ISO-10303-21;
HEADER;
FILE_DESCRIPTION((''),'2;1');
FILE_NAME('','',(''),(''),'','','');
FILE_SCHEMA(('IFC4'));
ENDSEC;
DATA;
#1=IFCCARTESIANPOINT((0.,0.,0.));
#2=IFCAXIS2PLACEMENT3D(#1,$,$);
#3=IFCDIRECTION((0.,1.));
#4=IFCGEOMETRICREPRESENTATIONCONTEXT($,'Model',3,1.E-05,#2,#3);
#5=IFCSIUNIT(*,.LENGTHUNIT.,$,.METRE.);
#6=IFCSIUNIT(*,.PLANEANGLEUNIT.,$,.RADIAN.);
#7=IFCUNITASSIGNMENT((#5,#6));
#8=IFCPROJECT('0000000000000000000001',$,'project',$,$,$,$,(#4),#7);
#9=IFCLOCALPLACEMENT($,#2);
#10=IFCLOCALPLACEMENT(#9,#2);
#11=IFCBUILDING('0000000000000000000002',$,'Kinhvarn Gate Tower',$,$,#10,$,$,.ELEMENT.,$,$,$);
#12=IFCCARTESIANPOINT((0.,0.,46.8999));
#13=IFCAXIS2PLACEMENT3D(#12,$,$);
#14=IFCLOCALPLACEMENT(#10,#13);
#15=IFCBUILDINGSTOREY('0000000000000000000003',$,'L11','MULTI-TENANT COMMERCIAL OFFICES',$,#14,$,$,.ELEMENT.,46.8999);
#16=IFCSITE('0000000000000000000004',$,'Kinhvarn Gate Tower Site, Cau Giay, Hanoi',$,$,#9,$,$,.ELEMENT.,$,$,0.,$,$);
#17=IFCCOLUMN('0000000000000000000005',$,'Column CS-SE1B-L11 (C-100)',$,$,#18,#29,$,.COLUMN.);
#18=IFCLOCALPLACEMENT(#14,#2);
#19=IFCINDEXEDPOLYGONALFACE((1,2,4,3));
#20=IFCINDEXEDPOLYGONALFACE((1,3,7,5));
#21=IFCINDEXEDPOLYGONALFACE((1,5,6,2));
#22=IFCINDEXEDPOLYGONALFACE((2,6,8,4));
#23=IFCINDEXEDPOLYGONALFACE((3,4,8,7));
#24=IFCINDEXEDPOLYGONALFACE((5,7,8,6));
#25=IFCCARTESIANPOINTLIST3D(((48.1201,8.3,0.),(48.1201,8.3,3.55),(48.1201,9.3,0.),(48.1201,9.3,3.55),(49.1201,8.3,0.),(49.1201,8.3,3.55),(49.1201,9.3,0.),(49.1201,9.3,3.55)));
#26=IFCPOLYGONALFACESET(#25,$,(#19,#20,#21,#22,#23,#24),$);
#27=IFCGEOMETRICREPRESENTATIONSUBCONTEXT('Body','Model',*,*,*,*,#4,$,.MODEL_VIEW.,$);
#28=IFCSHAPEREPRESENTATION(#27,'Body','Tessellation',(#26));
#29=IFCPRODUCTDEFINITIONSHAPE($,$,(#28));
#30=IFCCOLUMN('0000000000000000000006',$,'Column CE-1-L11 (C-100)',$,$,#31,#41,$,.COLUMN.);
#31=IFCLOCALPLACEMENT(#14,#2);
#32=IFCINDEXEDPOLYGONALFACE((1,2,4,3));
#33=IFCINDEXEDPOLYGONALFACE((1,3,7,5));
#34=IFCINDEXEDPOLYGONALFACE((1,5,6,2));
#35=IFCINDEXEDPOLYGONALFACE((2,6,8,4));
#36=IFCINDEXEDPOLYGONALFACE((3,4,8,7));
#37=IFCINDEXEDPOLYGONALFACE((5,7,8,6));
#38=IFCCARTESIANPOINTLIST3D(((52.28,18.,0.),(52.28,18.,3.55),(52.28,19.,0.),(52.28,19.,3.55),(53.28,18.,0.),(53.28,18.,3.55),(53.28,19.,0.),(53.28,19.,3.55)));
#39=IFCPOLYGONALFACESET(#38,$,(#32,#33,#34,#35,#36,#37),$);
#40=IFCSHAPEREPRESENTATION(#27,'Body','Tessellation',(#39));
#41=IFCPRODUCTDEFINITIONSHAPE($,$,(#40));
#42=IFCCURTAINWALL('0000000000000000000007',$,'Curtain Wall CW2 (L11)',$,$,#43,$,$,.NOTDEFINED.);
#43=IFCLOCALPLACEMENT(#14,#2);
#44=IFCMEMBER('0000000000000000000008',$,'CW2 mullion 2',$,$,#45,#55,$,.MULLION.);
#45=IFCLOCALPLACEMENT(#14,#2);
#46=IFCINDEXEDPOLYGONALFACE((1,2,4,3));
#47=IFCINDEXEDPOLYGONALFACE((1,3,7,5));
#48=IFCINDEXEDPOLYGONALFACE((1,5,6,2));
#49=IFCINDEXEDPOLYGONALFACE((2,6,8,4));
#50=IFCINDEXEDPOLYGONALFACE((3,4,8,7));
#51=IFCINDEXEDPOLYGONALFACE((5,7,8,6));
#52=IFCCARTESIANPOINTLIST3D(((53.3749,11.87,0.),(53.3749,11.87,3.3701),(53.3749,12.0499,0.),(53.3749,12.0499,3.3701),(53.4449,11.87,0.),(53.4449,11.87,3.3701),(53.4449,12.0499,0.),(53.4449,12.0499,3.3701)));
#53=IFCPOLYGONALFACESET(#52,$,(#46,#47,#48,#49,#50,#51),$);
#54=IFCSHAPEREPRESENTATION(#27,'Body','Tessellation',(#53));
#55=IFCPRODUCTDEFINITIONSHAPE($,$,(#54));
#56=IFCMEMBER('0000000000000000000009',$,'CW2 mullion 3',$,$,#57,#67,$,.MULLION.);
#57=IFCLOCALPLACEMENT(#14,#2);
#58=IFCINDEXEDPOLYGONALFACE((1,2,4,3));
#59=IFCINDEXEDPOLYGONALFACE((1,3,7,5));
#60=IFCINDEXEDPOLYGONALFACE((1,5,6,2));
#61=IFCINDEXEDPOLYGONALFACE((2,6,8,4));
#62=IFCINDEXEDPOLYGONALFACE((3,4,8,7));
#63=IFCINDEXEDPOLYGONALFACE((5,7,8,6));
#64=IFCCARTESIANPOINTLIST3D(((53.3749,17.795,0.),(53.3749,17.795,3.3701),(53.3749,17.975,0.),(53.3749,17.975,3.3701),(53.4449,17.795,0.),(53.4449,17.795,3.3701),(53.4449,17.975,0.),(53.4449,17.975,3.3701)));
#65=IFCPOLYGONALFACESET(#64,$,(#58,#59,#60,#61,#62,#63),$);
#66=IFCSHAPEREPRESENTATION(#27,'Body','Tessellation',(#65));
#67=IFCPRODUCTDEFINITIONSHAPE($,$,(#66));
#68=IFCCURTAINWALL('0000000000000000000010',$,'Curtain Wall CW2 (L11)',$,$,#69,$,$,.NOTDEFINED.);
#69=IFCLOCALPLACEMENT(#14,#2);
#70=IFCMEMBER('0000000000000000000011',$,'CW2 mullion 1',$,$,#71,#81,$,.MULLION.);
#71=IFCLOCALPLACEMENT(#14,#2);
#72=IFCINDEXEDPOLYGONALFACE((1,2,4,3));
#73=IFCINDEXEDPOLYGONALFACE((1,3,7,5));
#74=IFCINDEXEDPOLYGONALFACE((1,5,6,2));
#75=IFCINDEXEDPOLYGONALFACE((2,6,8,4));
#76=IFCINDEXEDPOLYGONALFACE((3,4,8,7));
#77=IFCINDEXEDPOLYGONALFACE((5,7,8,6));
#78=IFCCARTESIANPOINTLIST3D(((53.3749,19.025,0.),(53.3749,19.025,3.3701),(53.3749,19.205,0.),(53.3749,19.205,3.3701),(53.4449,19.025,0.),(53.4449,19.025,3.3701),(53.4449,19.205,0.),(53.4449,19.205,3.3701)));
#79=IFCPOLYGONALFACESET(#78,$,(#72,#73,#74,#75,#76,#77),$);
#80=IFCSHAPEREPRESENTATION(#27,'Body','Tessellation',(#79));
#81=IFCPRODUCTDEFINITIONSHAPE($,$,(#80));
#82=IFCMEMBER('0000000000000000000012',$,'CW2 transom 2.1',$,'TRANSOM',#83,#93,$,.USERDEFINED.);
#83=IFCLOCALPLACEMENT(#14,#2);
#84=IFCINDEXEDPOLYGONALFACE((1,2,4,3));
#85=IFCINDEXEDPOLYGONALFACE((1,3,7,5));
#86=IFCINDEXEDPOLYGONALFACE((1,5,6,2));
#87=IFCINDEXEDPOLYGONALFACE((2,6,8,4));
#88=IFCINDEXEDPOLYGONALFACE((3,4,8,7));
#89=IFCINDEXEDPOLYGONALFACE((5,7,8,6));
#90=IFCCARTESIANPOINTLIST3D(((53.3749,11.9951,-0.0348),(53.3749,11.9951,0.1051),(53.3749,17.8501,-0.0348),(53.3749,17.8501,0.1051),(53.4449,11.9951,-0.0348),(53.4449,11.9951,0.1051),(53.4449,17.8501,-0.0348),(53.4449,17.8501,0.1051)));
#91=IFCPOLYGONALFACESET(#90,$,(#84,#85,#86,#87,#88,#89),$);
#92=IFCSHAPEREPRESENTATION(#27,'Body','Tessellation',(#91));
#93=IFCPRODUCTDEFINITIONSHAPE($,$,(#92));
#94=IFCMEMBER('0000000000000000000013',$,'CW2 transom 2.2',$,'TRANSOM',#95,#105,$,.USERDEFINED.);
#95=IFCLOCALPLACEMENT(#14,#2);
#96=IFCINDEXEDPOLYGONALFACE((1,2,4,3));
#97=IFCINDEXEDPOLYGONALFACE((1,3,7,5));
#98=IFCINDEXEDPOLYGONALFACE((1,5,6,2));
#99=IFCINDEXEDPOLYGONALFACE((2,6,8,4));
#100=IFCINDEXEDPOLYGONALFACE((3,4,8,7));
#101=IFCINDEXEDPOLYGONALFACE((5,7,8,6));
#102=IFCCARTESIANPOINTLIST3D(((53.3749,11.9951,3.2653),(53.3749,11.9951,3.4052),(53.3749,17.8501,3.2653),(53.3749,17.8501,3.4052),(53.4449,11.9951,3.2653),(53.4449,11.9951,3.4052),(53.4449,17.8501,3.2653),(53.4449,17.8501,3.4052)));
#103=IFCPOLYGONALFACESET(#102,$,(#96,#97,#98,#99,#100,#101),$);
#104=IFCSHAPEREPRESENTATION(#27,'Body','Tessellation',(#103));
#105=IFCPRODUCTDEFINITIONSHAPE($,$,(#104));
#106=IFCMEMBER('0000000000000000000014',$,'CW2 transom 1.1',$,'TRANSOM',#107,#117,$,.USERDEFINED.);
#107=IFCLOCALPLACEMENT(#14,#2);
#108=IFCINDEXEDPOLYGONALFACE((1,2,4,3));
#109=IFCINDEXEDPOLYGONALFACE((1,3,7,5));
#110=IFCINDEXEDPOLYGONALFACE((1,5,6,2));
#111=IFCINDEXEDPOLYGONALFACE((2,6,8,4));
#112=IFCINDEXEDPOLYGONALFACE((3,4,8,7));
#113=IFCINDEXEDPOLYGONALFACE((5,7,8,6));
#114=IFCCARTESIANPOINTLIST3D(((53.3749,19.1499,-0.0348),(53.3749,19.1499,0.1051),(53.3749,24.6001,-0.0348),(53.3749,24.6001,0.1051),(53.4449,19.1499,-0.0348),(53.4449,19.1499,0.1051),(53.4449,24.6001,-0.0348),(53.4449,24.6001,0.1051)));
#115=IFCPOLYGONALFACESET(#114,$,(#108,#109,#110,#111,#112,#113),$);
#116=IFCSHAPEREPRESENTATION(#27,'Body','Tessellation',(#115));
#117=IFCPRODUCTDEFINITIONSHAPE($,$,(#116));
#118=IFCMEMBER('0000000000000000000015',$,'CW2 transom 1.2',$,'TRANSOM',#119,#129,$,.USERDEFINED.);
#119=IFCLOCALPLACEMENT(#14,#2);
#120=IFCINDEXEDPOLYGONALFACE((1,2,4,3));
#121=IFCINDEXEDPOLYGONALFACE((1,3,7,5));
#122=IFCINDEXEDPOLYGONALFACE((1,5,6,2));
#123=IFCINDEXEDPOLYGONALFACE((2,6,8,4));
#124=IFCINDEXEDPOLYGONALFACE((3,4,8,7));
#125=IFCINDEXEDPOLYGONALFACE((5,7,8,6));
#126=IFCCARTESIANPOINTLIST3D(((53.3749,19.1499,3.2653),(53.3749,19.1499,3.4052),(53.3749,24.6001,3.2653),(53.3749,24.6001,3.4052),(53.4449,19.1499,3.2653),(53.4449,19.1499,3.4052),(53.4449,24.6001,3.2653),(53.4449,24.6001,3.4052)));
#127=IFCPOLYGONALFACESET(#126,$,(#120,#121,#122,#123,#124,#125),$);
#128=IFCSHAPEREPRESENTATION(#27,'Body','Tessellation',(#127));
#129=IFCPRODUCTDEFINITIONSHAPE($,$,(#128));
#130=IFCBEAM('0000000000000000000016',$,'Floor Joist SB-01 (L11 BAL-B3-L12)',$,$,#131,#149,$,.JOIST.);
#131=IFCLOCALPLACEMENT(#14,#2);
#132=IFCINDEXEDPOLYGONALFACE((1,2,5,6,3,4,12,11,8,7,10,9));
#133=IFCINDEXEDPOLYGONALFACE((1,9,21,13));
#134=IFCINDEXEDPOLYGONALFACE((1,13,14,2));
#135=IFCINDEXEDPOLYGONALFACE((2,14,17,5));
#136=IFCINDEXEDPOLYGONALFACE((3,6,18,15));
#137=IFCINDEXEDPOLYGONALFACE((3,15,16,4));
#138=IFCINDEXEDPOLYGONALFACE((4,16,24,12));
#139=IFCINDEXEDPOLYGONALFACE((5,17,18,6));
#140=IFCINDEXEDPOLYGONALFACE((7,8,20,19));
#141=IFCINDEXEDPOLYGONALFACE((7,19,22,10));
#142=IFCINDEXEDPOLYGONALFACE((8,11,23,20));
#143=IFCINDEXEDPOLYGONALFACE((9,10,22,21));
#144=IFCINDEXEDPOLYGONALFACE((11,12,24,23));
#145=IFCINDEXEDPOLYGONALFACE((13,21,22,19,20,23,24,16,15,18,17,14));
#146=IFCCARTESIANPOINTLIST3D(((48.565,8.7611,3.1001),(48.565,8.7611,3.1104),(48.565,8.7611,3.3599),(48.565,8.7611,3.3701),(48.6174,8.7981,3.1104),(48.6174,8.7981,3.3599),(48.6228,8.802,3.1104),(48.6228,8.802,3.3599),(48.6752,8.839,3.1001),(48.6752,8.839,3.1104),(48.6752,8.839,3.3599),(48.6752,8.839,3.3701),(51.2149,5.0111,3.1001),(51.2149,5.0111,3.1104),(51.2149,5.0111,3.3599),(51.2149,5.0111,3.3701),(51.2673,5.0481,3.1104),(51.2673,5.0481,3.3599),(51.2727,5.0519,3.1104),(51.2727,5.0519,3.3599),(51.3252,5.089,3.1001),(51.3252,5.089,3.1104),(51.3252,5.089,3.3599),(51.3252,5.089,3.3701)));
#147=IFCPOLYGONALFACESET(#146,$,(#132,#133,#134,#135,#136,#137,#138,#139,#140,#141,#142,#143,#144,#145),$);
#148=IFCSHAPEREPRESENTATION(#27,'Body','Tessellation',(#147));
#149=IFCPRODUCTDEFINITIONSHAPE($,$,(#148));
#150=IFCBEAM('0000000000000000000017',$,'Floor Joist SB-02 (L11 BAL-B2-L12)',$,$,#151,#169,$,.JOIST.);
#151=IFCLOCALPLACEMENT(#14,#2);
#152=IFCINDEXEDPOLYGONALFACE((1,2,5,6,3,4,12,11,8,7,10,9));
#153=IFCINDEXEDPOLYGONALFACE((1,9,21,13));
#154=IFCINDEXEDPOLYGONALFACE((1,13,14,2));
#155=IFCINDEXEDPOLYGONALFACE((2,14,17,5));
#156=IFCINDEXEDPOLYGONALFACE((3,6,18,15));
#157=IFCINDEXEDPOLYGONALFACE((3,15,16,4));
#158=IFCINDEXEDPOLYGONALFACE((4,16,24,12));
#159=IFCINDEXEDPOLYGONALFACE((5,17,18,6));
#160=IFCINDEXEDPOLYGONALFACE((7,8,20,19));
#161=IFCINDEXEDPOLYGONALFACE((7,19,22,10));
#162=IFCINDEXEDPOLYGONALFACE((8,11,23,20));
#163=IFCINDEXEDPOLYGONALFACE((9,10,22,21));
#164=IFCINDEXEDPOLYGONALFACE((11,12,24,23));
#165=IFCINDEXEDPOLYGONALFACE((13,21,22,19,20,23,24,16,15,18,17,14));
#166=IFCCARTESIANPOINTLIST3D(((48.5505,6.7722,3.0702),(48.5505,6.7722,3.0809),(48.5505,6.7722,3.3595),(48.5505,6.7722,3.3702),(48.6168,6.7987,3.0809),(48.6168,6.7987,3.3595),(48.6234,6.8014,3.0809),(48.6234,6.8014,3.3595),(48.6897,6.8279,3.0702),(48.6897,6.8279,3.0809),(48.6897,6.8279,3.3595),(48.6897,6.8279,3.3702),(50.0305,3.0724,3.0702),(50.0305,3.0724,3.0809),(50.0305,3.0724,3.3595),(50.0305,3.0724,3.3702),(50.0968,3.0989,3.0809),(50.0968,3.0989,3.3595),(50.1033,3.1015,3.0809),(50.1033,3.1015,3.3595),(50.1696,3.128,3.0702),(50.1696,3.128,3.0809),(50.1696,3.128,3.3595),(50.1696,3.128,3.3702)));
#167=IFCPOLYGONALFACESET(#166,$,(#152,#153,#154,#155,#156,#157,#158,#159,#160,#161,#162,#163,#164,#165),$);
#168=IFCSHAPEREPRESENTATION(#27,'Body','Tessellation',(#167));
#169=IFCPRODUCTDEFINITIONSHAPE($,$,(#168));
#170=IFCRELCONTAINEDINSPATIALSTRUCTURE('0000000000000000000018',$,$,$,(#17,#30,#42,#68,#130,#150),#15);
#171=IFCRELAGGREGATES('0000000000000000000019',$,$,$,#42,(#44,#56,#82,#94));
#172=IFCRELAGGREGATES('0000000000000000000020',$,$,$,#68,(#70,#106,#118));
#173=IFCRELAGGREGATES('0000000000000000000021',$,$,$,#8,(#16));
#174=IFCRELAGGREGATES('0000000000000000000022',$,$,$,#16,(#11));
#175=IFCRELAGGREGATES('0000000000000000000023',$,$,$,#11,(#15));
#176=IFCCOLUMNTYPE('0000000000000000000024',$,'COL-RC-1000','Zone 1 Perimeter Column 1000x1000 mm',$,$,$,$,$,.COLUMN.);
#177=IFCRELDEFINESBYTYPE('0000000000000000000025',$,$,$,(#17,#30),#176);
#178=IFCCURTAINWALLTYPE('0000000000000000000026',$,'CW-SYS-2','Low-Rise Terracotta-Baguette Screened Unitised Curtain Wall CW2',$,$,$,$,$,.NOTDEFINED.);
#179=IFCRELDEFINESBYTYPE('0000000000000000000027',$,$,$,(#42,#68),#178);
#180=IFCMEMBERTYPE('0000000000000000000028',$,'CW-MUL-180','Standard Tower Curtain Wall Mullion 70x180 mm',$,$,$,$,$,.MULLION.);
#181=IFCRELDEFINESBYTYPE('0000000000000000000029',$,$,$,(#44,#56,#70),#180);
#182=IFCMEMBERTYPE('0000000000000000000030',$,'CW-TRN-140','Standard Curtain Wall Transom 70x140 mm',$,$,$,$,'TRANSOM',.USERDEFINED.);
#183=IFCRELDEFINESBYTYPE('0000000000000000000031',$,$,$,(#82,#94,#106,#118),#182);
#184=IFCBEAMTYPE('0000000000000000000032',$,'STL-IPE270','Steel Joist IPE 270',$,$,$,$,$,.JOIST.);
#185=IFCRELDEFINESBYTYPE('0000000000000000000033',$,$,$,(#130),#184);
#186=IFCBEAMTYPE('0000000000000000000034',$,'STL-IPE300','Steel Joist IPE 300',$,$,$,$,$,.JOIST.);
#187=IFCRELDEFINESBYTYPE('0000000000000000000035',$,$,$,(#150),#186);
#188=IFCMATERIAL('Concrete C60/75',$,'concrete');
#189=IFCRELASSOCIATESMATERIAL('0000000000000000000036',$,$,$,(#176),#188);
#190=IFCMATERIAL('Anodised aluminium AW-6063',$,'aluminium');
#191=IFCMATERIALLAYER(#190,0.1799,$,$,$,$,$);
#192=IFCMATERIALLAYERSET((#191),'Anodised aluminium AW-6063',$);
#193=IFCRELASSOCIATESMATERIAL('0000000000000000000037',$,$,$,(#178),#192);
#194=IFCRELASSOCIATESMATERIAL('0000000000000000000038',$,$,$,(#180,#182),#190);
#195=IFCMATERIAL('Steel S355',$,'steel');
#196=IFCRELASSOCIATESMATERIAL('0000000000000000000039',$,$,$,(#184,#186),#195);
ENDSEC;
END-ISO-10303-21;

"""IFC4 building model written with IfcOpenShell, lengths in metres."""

from ifc_helpers import new_model, si_unit, direction, frame, origin, origin_2d, place, context, subcontext, project, spatial, rectangle, i_section, extrude, material, layer, layer_set, material_profile, profile_set, type_object, element, aggregate, save


model = new_model("IFC4")

# Units and contexts
model_context = context("Model", 3, precision=1e-05, world=origin(), true_north=direction((0.0, 1.0)))
body_context = subcontext(model_context, "Body", "Model", "MODEL_VIEW")
ifc_project = project(units=[si_unit("LENGTHUNIT", "METRE"), si_unit("PLANEANGLEUNIT", "RADIAN")], contexts=[model_context])

# Site, building, storey
site_placement = place(None, origin())
site = spatial("IfcSite", under=ifc_project, at=site_placement, Name="Kinhvarn Gate Tower Site, Cau Giay, Hanoi", CompositionType="ELEMENT", RefElevation=0.0)
building_placement = place(site_placement, origin())
building = spatial("IfcBuilding", under=site, at=building_placement, Name="Kinhvarn Gate Tower", CompositionType="ELEMENT")
storey_placement = place(building_placement, frame((0.0, 0.0, 46.8999)))
storey = spatial("IfcBuildingStorey", under=building, at=storey_placement, Name="L11", Description="MULTI-TENANT COMMERCIAL OFFICES", CompositionType="ELEMENT", Elevation=46.8999)

# Columns
ifc_material_1 = material(Name="Concrete C60/75", Category="concrete")
ifc_material_profile_1 = material_profile(ifc_material_1, rectangle(XDim=1.0, YDim=1.0, at=origin_2d()), Name="RC 1000x1000")
ifc_profile_set_1 = profile_set([ifc_material_profile_1], Name="Concrete C60/75")
column_type = type_object("IfcColumnType", Name="COL-RC-1000", Description="Zone 1 Perimeter Column 1000x1000 mm", PredefinedType="COLUMN", material=ifc_profile_set_1)
for number, where, z_axis, x_axis, name in (
    (1, (48.6201, 8.8, 0.0), (0.0, 0.0, 1.0), (1.0, 0.0, 0.0), "Column CS-SE1B-L11 (C-100)"),
    (2, (52.78, 18.5, 0.0), (0.0, 0.0, 1.0), (1.0, 0.0, 0.0), "Column CE-1-L11 (C-100)"),
):
    element("IfcColumn", number, at=place(storey_placement, frame(where, z_axis=z_axis, x_axis=x_axis)), inside=storey, type_object=column_type, Name=name, PredefinedType="COLUMN", context=body_context, shape_type="SweptSolid", body=[
        extrude(rectangle(XDim=1.0, YDim=1.0, at=origin_2d()), origin(), (0.0, 0.0, 1.0), 3.55),
    ])

# Curtain wall, members
ifc_material_2 = material(Name="Anodised aluminium AW-6063", Category="aluminium")
ifc_layer_1 = layer(ifc_material_2, 0.1799)
ifc_layer_set_1 = layer_set([ifc_layer_1], Name="Anodised aluminium AW-6063")
curtain_wall_type = type_object("IfcCurtainWallType", Name="CW-SYS-2", Description="Low-Rise Terracotta-Baguette Screened Unitised Curtain Wall CW2", PredefinedType="NOTDEFINED", material=ifc_layer_set_1)
curtain_wall_1_placement = place(storey_placement, origin())
curtain_wall_1 = element("IfcCurtainWall", 3, at=curtain_wall_1_placement, inside=storey, type_object=curtain_wall_type, Name="Curtain Wall CW2 (L11)", PredefinedType="NOTDEFINED")
ifc_material_profile_2 = material_profile(ifc_material_2, rectangle(XDim=0.0701, YDim=0.1799, at=origin_2d()), Name="ALU 70x180")
ifc_profile_set_2 = profile_set([ifc_material_profile_2], Name="Anodised aluminium AW-6063")
member_type_1 = type_object("IfcMemberType", Name="CW-MUL-180", Description="Standard Tower Curtain Wall Mullion 70x180 mm", PredefinedType="MULLION", material=ifc_profile_set_2)
member_1_placement = place(storey_placement, frame((53.4099, 11.96, 0.0), z_axis=(0.0, 0.0, 1.0), x_axis=(-1.0, 0.0, 0.0)))
member_1 = element("IfcMember", 4, at=member_1_placement, type_object=member_type_1, Name="CW2 mullion 2", PredefinedType="MULLION", context=body_context, shape_type="SweptSolid", body=[
    extrude(rectangle(XDim=0.0701, YDim=0.1799, at=origin_2d()), origin(), (0.0, 0.0, 1.0), 3.3701),
])
member_2_placement = place(storey_placement, frame((53.4099, 17.885, 0.0), z_axis=(0.0, 0.0, 1.0), x_axis=(-1.0, 0.0, 0.0)))
member_2 = element("IfcMember", 5, at=member_2_placement, type_object=member_type_1, Name="CW2 mullion 3", PredefinedType="MULLION", context=body_context, shape_type="SweptSolid", body=[
    extrude(rectangle(XDim=0.0701, YDim=0.1799, at=origin_2d()), origin(), (0.0, 0.0, 1.0), 3.3701),
])

# Curtain wall, member
curtain_wall_2_placement = place(storey_placement, origin())
curtain_wall_2 = element("IfcCurtainWall", 6, at=curtain_wall_2_placement, inside=storey, type_object=curtain_wall_type, Name="Curtain Wall CW2 (L11)", PredefinedType="NOTDEFINED")
member_3_placement = place(storey_placement, frame((53.4099, 19.115, 0.0), z_axis=(0.0, 0.0, 1.0), x_axis=(-1.0, 0.0, 0.0)))
member_3 = element("IfcMember", 7, at=member_3_placement, type_object=member_type_1, Name="CW2 mullion 1", PredefinedType="MULLION", context=body_context, shape_type="SweptSolid", body=[
    extrude(rectangle(XDim=0.0701, YDim=0.1799, at=origin_2d()), origin(), (0.0, 0.0, 1.0), 3.3701),
])

# Members
ifc_material_profile_3 = material_profile(ifc_material_2, rectangle(XDim=0.0701, YDim=0.1399, at=origin_2d()), Name="ALU 70x140")
ifc_profile_set_3 = profile_set([ifc_material_profile_3], Name="Anodised aluminium AW-6063")
member_type_2 = type_object("IfcMemberType", Name="CW-TRN-140", Description="Standard Curtain Wall Transom 70x140 mm", ElementType="TRANSOM", PredefinedType="USERDEFINED", material=ifc_profile_set_3)
member_4_placement = place(storey_placement, frame((53.4099, 11.9951, 0.0352), z_axis=(0.0, 1.0, 0.0), x_axis=(-1.0, 0.0, 0.0)))
member_4 = element("IfcMember", 8, at=member_4_placement, type_object=member_type_2, Name="CW2 transom 2.1", ObjectType="TRANSOM", PredefinedType="USERDEFINED", context=body_context, shape_type="SweptSolid", body=[
    extrude(rectangle(XDim=0.0701, YDim=0.1399, at=origin_2d()), origin(), (0.0, 0.0, 1.0), 5.855),
])
member_5_placement = place(storey_placement, frame((53.4099, 11.9951, 3.3352), z_axis=(0.0, 1.0, 0.0), x_axis=(-1.0, 0.0, 0.0)))
member_5 = element("IfcMember", 9, at=member_5_placement, type_object=member_type_2, Name="CW2 transom 2.2", ObjectType="TRANSOM", PredefinedType="USERDEFINED", context=body_context, shape_type="SweptSolid", body=[
    extrude(rectangle(XDim=0.0701, YDim=0.1399, at=origin_2d()), origin(), (0.0, 0.0, 1.0), 5.855),
])
member_6_placement = place(storey_placement, frame((53.4099, 19.1499, 0.0352), z_axis=(0.0, 1.0, 0.0), x_axis=(-1.0, 0.0, 0.0)))
member_6 = element("IfcMember", 10, at=member_6_placement, type_object=member_type_2, Name="CW2 transom 1.1", ObjectType="TRANSOM", PredefinedType="USERDEFINED", context=body_context, shape_type="SweptSolid", body=[
    extrude(rectangle(XDim=0.0701, YDim=0.1399, at=origin_2d()), origin(), (0.0, 0.0, 1.0), 5.4502),
])
member_7_placement = place(storey_placement, frame((53.4099, 19.1499, 3.3352), z_axis=(0.0, 1.0, 0.0), x_axis=(-1.0, 0.0, 0.0)))
member_7 = element("IfcMember", 11, at=member_7_placement, type_object=member_type_2, Name="CW2 transom 1.2", ObjectType="TRANSOM", PredefinedType="USERDEFINED", context=body_context, shape_type="SweptSolid", body=[
    extrude(rectangle(XDim=0.0701, YDim=0.1399, at=origin_2d()), origin(), (0.0, 0.0, 1.0), 5.4502),
])

# Beams
ifc_material_3 = material(Name="Steel S355", Category="steel")
ifc_material_profile_4 = material_profile(ifc_material_3, i_section(OverallWidth=0.135, OverallDepth=0.27, WebThickness=0.0066, FlangeThickness=0.0103, at=origin_2d()), Name="IPE 270")
ifc_profile_set_4 = profile_set([ifc_material_profile_4], Name="Steel S355")
beam_type_1 = type_object("IfcBeamType", Name="STL-IPE270", Description="Steel Joist IPE 270", PredefinedType="JOIST", material=ifc_profile_set_4)
beam_1_placement = place(storey_placement, frame((48.6201, 8.8, 3.2351), z_axis=(0.577096, -0.816676, 0.0), x_axis=(0.816676, 0.577096, 0.0)))
element("IfcBeam", 12, at=beam_1_placement, inside=storey, type_object=beam_type_1, Name="Floor Joist SB-01 (L11 BAL-B3-L12)", PredefinedType="JOIST", context=body_context, shape_type="SweptSolid", body=[
    extrude(i_section(OverallWidth=0.135, OverallDepth=0.27, WebThickness=0.0066, FlangeThickness=0.0103, at=origin_2d()), origin(), (0.0, 0.0, 1.0), 4.5918),
])
ifc_material_profile_5 = material_profile(ifc_material_3, i_section(OverallWidth=0.1499, OverallDepth=0.3, WebThickness=0.0071, FlangeThickness=0.0107, at=origin_2d()), Name="IPE 300")
ifc_profile_set_5 = profile_set([ifc_material_profile_5], Name="Steel S355")
beam_type_2 = type_object("IfcBeamType", Name="STL-IPE300", Description="Steel Joist IPE 300", PredefinedType="JOIST", material=ifc_profile_set_5)
beam_2_placement = place(storey_placement, frame((48.6201, 6.8, 3.2202), z_axis=(0.371391, -0.928477, 0.0), x_axis=(0.928477, 0.371391, 0.0)))
element("IfcBeam", 13, at=beam_2_placement, inside=storey, type_object=beam_type_2, Name="Floor Joist SB-02 (L11 BAL-B2-L12)", PredefinedType="JOIST", context=body_context, shape_type="SweptSolid", body=[
    extrude(i_section(OverallWidth=0.1499, OverallDepth=0.3, WebThickness=0.0071, FlangeThickness=0.0107, at=origin_2d()), origin(), (0.0, 0.0, 1.0), 3.9849),
])

aggregate(curtain_wall_1, [member_1, member_2, member_4, member_5])
aggregate(curtain_wall_2, [member_3, member_6, member_7])

save(model, "model.ifc")
